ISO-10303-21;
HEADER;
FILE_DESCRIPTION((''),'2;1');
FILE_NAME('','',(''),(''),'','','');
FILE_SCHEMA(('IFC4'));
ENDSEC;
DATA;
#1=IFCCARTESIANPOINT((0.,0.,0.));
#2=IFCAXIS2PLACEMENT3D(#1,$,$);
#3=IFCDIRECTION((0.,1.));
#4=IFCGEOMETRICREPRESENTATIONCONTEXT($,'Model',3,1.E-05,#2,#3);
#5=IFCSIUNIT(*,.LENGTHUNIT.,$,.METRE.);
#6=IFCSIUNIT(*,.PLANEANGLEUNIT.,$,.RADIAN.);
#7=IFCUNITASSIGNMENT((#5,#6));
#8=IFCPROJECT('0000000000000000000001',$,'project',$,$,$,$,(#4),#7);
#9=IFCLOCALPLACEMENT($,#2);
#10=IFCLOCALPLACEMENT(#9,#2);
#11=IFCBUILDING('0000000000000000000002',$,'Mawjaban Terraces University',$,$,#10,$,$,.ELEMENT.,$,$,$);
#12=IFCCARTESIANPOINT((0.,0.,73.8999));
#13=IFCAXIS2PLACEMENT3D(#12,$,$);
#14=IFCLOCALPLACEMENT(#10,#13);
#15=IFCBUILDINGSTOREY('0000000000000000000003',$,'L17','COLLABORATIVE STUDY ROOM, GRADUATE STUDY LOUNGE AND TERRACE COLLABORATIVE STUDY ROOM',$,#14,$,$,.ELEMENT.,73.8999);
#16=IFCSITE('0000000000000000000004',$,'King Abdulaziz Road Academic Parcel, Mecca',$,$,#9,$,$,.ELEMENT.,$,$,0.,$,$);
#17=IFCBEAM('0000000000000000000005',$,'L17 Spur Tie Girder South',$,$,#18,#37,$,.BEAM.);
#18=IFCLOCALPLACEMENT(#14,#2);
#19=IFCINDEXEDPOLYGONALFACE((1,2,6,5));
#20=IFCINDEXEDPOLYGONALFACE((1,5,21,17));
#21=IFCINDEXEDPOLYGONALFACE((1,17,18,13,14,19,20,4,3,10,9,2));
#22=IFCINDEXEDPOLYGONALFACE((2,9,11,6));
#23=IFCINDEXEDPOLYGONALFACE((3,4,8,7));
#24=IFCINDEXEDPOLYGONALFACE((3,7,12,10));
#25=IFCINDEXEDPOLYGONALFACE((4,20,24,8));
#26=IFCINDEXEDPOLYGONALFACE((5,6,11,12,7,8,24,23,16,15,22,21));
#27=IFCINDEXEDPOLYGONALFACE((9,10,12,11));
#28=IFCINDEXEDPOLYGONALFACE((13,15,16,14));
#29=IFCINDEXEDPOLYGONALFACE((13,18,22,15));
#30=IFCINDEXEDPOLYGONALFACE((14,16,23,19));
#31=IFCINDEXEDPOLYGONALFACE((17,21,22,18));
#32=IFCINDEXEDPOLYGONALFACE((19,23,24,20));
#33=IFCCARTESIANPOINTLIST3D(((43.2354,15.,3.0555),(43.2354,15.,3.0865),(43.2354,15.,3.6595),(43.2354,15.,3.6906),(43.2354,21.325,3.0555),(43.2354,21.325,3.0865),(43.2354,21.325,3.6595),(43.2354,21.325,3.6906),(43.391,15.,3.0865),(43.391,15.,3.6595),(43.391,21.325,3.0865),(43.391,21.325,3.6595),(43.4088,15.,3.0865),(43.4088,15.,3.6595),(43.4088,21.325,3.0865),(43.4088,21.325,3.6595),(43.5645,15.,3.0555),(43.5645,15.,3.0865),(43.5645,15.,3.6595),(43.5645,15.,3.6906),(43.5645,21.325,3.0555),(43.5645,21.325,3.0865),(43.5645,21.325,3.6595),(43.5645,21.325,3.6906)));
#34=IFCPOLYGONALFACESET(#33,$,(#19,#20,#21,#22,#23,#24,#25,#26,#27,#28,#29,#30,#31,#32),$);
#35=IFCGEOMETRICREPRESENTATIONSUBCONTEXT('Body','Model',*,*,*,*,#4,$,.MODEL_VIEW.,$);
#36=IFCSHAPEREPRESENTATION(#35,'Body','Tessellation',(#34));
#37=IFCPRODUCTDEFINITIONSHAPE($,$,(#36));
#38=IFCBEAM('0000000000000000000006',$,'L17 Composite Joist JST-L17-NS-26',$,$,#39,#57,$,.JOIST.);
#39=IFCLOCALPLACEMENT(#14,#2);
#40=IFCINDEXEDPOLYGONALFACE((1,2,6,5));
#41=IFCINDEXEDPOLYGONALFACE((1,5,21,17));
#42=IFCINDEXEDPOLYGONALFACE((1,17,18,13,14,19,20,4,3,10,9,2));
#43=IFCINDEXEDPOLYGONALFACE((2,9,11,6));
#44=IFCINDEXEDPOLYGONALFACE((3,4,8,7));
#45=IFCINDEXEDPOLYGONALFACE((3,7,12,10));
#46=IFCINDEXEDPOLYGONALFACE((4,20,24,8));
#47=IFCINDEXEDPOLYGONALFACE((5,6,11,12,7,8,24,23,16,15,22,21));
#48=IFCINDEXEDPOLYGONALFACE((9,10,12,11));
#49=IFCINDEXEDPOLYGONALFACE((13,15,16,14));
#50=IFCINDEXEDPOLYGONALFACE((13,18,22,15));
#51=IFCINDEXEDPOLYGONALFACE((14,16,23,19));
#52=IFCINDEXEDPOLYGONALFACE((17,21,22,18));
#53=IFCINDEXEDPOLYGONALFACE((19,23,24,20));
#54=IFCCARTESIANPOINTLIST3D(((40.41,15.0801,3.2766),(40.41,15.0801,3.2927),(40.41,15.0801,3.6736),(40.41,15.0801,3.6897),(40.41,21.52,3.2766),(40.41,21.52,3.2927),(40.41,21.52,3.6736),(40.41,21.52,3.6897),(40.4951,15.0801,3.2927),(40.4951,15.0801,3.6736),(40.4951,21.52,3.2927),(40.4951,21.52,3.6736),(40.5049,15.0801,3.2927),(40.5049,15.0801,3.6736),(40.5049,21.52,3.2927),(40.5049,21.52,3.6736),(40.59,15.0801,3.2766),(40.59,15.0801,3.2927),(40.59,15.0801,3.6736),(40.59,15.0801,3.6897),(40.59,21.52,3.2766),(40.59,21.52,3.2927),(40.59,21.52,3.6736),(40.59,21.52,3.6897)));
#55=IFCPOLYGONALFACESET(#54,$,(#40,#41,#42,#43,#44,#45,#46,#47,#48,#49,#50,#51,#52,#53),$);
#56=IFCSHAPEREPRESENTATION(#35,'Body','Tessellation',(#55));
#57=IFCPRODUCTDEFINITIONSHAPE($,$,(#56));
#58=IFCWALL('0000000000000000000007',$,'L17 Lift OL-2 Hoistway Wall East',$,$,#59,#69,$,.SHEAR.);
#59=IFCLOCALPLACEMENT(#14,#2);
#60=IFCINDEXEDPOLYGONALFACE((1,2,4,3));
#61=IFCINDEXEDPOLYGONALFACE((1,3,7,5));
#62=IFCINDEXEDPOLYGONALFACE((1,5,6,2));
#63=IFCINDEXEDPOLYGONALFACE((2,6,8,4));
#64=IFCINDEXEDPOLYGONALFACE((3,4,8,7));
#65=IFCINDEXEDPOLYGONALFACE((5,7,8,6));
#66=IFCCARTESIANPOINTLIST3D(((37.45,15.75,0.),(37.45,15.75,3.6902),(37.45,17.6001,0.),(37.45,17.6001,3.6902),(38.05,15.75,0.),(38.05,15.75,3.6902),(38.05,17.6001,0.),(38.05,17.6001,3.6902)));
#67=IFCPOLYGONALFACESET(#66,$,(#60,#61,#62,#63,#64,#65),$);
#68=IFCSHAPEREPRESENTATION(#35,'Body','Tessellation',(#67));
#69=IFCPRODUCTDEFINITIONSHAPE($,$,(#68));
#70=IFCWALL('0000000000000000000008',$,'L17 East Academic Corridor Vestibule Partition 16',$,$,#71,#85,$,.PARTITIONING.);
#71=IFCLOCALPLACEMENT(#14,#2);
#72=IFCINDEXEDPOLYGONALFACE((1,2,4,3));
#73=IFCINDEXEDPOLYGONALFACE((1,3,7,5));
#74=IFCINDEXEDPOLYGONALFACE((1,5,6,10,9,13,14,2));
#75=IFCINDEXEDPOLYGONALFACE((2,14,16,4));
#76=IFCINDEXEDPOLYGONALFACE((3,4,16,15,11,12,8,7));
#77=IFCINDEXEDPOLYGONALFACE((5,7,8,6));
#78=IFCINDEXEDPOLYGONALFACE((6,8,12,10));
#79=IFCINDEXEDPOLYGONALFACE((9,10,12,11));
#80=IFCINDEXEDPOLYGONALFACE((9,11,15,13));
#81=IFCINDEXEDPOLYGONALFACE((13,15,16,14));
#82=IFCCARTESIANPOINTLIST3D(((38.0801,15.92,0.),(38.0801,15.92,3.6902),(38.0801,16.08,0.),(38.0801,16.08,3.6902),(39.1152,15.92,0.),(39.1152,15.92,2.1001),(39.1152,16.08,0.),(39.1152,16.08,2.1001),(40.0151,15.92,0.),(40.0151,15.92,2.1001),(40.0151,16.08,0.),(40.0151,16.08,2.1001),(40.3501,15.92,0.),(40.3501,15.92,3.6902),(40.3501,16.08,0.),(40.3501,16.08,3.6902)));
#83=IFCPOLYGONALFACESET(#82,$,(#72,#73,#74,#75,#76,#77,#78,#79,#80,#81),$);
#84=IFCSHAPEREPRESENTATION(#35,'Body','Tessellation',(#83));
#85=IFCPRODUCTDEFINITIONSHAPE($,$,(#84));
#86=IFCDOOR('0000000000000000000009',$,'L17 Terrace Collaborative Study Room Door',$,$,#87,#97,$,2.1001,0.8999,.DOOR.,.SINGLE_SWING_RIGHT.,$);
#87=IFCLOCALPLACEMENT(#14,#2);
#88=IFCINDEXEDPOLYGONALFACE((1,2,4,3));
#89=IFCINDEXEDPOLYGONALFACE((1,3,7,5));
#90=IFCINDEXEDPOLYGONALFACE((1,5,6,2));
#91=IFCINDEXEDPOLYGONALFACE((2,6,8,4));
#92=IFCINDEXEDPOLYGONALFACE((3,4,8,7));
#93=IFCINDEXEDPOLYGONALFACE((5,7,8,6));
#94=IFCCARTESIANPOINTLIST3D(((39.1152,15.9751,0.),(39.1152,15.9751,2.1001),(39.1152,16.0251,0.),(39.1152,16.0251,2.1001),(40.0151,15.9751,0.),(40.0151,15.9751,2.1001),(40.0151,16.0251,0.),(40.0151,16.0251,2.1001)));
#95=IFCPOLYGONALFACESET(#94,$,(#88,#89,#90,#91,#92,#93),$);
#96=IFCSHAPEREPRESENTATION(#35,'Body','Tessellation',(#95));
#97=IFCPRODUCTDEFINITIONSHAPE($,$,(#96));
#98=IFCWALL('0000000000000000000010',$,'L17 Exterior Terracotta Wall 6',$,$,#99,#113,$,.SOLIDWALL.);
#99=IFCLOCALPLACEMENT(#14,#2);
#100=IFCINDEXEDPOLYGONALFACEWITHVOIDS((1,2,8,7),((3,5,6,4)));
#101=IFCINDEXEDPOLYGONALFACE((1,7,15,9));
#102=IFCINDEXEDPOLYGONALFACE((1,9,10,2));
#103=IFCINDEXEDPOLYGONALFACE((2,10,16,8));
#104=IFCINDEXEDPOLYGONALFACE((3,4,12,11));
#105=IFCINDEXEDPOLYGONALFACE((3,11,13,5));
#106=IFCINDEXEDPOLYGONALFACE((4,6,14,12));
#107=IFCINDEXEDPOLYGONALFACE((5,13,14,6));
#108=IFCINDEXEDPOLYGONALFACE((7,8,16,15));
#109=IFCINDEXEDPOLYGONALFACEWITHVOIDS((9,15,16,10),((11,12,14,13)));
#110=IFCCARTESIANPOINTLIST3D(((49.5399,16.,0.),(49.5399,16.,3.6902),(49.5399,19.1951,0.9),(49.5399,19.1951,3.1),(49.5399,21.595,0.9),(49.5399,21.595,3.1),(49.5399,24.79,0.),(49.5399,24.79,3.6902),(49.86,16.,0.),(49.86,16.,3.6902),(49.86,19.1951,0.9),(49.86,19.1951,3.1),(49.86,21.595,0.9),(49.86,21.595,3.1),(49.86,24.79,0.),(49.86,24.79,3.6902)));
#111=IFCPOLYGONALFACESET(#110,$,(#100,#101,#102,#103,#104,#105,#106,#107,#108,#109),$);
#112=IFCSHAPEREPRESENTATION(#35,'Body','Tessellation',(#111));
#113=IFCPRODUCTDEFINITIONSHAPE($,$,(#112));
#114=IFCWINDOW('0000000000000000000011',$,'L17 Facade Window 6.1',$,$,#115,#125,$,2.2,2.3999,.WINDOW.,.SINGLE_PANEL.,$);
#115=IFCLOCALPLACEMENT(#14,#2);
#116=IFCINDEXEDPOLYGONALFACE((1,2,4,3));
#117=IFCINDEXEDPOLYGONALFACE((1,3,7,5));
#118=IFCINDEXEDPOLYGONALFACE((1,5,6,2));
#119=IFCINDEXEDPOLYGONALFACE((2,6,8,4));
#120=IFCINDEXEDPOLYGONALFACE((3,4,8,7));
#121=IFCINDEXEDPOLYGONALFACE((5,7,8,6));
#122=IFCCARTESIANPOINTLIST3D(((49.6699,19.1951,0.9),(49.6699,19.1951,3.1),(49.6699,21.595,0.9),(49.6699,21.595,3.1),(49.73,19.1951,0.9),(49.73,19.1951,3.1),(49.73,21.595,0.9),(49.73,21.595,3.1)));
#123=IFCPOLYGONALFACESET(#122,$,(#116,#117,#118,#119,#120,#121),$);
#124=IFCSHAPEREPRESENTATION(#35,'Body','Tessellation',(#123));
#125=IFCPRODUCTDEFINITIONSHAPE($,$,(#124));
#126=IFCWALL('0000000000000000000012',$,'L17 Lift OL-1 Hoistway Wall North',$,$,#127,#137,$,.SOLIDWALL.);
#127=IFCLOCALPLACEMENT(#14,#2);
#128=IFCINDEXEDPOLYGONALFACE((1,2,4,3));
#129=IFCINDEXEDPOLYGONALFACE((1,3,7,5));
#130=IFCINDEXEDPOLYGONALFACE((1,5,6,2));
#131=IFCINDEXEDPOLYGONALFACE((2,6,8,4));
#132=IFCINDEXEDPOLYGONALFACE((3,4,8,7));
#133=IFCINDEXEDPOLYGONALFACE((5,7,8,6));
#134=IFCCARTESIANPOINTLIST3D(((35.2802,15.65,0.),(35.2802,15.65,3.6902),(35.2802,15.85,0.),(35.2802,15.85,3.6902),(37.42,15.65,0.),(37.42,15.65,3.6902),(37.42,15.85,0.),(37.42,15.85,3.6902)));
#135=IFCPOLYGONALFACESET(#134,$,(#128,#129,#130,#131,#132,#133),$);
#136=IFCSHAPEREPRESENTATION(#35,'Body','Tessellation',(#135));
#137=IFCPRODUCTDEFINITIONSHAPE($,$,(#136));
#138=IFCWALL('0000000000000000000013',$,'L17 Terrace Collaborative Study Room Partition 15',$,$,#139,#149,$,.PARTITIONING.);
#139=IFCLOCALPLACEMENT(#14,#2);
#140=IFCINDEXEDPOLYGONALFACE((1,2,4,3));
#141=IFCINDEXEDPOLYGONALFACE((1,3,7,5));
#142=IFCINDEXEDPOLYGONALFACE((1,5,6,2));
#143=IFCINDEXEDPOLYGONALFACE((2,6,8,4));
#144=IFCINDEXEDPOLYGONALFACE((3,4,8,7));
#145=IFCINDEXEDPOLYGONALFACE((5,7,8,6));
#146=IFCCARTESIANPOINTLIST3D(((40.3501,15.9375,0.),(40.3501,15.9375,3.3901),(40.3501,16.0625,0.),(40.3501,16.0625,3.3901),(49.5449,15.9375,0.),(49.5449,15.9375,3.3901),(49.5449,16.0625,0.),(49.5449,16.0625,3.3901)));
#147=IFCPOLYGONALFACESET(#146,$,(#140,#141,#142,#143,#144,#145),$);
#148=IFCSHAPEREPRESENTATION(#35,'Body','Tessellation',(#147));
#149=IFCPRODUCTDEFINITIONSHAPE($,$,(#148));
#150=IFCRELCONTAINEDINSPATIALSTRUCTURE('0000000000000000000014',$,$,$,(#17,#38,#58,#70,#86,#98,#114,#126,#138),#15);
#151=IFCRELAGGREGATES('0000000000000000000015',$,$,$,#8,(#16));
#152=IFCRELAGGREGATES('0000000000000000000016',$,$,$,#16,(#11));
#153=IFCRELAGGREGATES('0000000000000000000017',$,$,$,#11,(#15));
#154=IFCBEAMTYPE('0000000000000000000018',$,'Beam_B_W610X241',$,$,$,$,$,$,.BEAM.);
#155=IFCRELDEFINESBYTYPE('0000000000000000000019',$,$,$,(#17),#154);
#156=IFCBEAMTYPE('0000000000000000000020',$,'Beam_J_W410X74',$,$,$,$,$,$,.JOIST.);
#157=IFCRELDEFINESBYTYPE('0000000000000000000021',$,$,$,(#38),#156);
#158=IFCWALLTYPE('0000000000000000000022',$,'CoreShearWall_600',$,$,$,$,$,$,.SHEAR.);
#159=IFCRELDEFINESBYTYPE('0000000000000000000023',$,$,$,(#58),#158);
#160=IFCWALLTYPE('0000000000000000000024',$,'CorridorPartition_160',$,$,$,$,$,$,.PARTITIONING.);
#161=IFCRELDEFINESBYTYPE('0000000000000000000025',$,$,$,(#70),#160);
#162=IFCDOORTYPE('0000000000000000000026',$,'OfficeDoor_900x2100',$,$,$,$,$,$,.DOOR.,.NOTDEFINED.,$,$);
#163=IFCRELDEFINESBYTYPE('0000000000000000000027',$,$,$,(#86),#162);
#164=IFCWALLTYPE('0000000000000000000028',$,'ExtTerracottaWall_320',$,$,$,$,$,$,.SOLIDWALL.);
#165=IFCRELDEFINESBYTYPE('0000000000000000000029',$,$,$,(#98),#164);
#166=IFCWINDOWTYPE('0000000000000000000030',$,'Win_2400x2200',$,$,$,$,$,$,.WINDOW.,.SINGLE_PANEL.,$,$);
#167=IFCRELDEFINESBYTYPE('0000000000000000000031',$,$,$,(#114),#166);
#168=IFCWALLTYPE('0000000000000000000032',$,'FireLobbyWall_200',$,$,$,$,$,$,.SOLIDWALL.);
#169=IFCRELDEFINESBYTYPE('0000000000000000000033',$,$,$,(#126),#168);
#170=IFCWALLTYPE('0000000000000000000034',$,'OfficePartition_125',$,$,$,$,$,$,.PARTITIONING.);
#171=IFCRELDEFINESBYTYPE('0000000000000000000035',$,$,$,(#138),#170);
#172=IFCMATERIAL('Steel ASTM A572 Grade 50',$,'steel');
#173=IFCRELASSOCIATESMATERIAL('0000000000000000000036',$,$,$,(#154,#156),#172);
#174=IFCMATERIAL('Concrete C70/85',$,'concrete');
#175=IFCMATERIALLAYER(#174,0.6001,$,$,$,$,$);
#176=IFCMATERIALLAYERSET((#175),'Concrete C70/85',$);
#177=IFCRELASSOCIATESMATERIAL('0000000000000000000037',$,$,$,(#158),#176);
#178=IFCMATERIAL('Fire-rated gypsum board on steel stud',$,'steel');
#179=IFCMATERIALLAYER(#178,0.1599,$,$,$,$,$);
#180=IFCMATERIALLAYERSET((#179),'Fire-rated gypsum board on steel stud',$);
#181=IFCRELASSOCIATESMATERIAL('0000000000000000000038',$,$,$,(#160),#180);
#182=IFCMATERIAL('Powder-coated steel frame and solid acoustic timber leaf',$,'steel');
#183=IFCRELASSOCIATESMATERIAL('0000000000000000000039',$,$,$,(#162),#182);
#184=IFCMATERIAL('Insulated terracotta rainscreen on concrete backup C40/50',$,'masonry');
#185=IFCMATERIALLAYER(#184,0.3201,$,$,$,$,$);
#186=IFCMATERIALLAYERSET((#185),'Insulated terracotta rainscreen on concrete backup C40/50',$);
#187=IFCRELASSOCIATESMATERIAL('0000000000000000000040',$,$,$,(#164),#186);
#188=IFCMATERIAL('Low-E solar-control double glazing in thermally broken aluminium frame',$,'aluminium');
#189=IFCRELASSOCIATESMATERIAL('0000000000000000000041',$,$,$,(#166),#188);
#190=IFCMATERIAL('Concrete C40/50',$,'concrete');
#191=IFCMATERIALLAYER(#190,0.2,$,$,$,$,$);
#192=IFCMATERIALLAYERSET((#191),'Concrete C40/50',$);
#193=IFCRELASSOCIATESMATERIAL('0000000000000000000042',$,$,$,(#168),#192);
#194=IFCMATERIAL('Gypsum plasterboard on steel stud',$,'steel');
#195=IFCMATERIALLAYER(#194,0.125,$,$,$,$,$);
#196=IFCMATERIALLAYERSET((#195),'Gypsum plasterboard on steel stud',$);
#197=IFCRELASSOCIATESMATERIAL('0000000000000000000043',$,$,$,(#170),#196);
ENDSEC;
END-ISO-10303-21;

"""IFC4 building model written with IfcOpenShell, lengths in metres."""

from ifc_helpers import new_model, si_unit, direction, frame, frame_2d, origin, origin_2d, place, context, subcontext, project, spatial, rectangle, i_section, extrude, material, layer, layer_set, material_profile, profile_set, type_object, element, fill, save


model = new_model("IFC4")

# Units and contexts
model_context = context("Model", 3, precision=1e-05, world=origin(), true_north=direction((0.0, 1.0)))
body_context = subcontext(model_context, "Body", "Model", "MODEL_VIEW")
ifc_project = project(units=[si_unit("LENGTHUNIT", "METRE"), si_unit("PLANEANGLEUNIT", "RADIAN")], contexts=[model_context])

# Site, building, storey
site_placement = place(None, origin())
site = spatial("IfcSite", under=ifc_project, at=site_placement, Name="King Abdulaziz Road Academic Parcel, Mecca", CompositionType="ELEMENT", RefElevation=0.0)
building_placement = place(site_placement, origin())
building = spatial("IfcBuilding", under=site, at=building_placement, Name="Mawjaban Terraces University", CompositionType="ELEMENT")
storey_placement = place(building_placement, frame((0.0, 0.0, 73.8999)))
storey = spatial("IfcBuildingStorey", under=building, at=storey_placement, Name="L17", Description="COLLABORATIVE STUDY ROOM, GRADUATE STUDY LOUNGE AND TERRACE COLLABORATIVE STUDY ROOM", CompositionType="ELEMENT", Elevation=73.8999)

# Beams
ifc_material_1 = material(Name="Steel ASTM A572 Grade 50", Category="steel")
ifc_material_profile_1 = material_profile(ifc_material_1, i_section(OverallWidth=0.3291, OverallDepth=0.635, WebThickness=0.0178, FlangeThickness=0.031, at=origin_2d()), Name="W610X241")
ifc_profile_set_1 = profile_set([ifc_material_profile_1], Name="Steel ASTM A572 Grade 50")
beam_type_1 = type_object("IfcBeamType", Name="Beam_B_W610X241", PredefinedType="BEAM", material=ifc_profile_set_1)
beam_1_placement = place(storey_placement, frame((43.3999, 15.0, 3.373), z_axis=(0.0, 1.0, 0.0), x_axis=(-1.0, 0.0, 0.0)))
element("IfcBeam", 1, at=beam_1_placement, inside=storey, type_object=beam_type_1, Name="L17 Spur Tie Girder South", PredefinedType="BEAM", context=body_context, shape_type="SweptSolid", body=[
    extrude(i_section(OverallWidth=0.3291, OverallDepth=0.635, WebThickness=0.0178, FlangeThickness=0.031, at=origin_2d()), origin(), (0.0, 0.0, 1.0), 6.325),
])
ifc_material_profile_2 = material_profile(ifc_material_1, i_section(OverallWidth=0.1799, OverallDepth=0.4131, WebThickness=0.0098, FlangeThickness=0.0161, at=origin_2d()), Name="W410X74")
ifc_profile_set_2 = profile_set([ifc_material_profile_2], Name="Steel ASTM A572 Grade 50")
beam_type_2 = type_object("IfcBeamType", Name="Beam_J_W410X74", PredefinedType="JOIST", material=ifc_profile_set_2)
beam_2_placement = place(storey_placement, frame((40.5, 15.0801, 3.4832), z_axis=(0.0, 1.0, 0.0), x_axis=(-1.0, 0.0, 0.0)))
element("IfcBeam", 2, at=beam_2_placement, inside=storey, type_object=beam_type_2, Name="L17 Composite Joist JST-L17-NS-26", PredefinedType="JOIST", context=body_context, shape_type="SweptSolid", body=[
    extrude(i_section(OverallWidth=0.1799, OverallDepth=0.4131, WebThickness=0.0098, FlangeThickness=0.0161, at=origin_2d()), origin(), (0.0, 0.0, 1.0), 6.4399),
])

# Wall
ifc_material_2 = material(Name="Concrete C70/85", Category="concrete")
ifc_layer_1 = layer(ifc_material_2, 0.6001)
ifc_layer_set_1 = layer_set([ifc_layer_1], Name="Concrete C70/85")
wall_type_1 = type_object("IfcWallType", Name="CoreShearWall_600", PredefinedType="SHEAR", material=ifc_layer_set_1)
wall_1_placement = place(storey_placement, frame((37.75, 15.75, 0.0), z_axis=(0.0, 0.0, 1.0), x_axis=(0.0, 1.0, 0.0)))
element("IfcWall", 3, at=wall_1_placement, inside=storey, type_object=wall_type_1, Name="L17 Lift OL-2 Hoistway Wall East", PredefinedType="SHEAR", context=body_context, shape_type="SweptSolid", body=[
    extrude(rectangle(XDim=1.8501, YDim=0.6001, at=frame_2d((0.925, 0.0))), origin(), (0.0, 0.0, 1.0), 3.6902),
])

# Wall, opening, door
ifc_material_3 = material(Name="Fire-rated gypsum board on steel stud", Category="steel")
ifc_layer_2 = layer(ifc_material_3, 0.1599)
ifc_layer_set_2 = layer_set([ifc_layer_2], Name="Fire-rated gypsum board on steel stud")
wall_type_2 = type_object("IfcWallType", Name="CorridorPartition_160", PredefinedType="PARTITIONING", material=ifc_layer_set_2)
wall_2_placement = place(storey_placement, frame((40.3501, 16.0, 0.0), z_axis=(0.0, 0.0, 1.0), x_axis=(-1.0, 0.0, 0.0)))
wall_2 = element("IfcWall", 4, at=wall_2_placement, inside=storey, type_object=wall_type_2, Name="L17 East Academic Corridor Vestibule Partition 16", PredefinedType="PARTITIONING", context=body_context, shape_type="SweptSolid", body=[
    extrude(rectangle(XDim=2.27, YDim=0.1599, at=frame_2d((1.135, 0.0))), origin(), (0.0, 0.0, 1.0), 3.6902),
])
opening_1_placement = place(wall_2_placement, frame((0.335, 0.0, 0.0)))
opening_1 = element("IfcOpeningElement", 5, at=opening_1_placement, cuts=wall_2, PredefinedType="OPENING", context=body_context, shape_type="SweptSolid", body=[
    extrude(rectangle(XDim=0.8999, YDim=2.1001, at=frame_2d((0.45, 1.05))), frame((0.0, 0.0898, 0.0), z_axis=(0.0, -1.0, 0.0), x_axis=(1.0, 0.0, 0.0)), (0.0, 0.0, 1.0), 0.1799),
])
ifc_material_4 = material(Name="Powder-coated steel frame and solid acoustic timber leaf", Category="steel")
door_type = type_object("IfcDoorType", Name="OfficeDoor_900x2100", OperationType="NOTDEFINED", PredefinedType="DOOR", material=ifc_material_4)
door_placement = place(opening_1_placement, origin())
door = element("IfcDoor", 6, at=door_placement, inside=storey, type_object=door_type, Name="L17 Terrace Collaborative Study Room Door", OperationType="SINGLE_SWING_RIGHT", OverallHeight=2.1001, OverallWidth=0.8999, PredefinedType="DOOR", context=body_context, shape_type="SweptSolid", body=[
    extrude(rectangle(XDim=0.8999, YDim=2.1001, at=frame_2d((0.45, 1.05))), frame((0.0, 0.0249, 0.0), z_axis=(0.0, -1.0, 0.0), x_axis=(1.0, 0.0, 0.0)), (0.0, 0.0, 1.0), 0.05),
])
fill(opening_1, door)

# Wall, opening, window
ifc_material_5 = material(Name="Insulated terracotta rainscreen on concrete backup C40/50", Category="masonry")
ifc_layer_3 = layer(ifc_material_5, 0.3201)
ifc_layer_set_3 = layer_set([ifc_layer_3], Name="Insulated terracotta rainscreen on concrete backup C40/50")
wall_type_3 = type_object("IfcWallType", Name="ExtTerracottaWall_320", PredefinedType="SOLIDWALL", material=ifc_layer_set_3)
wall_3_placement = place(storey_placement, frame((49.7, 16.0, 0.0), z_axis=(0.0, 0.0, 1.0), x_axis=(0.0, 1.0, 0.0)))
wall_3 = element("IfcWall", 7, at=wall_3_placement, inside=storey, type_object=wall_type_3, Name="L17 Exterior Terracotta Wall 6", PredefinedType="SOLIDWALL", context=body_context, shape_type="SweptSolid", body=[
    extrude(rectangle(XDim=8.79, YDim=0.3201, at=frame_2d((4.395, 0.0))), origin(), (0.0, 0.0, 1.0), 3.6902),
])
opening_2_placement = place(wall_3_placement, frame((3.1951, 0.0, 0.8999)))
opening_2 = element("IfcOpeningElement", 8, at=opening_2_placement, cuts=wall_3, PredefinedType="OPENING", context=body_context, shape_type="SweptSolid", body=[
    extrude(rectangle(XDim=2.3999, YDim=2.2, at=frame_2d((1.2, 1.1001))), frame((0.0, 0.1699, 0.0), z_axis=(0.0, -1.0, 0.0), x_axis=(1.0, 0.0, 0.0)), (0.0, 0.0, 1.0), 0.3401),
])
ifc_material_6 = material(Name="Low-E solar-control double glazing in thermally broken aluminium frame", Category="aluminium")
window_type = type_object("IfcWindowType", Name="Win_2400x2200", PartitioningType="SINGLE_PANEL", PredefinedType="WINDOW", material=ifc_material_6)
window_placement = place(opening_2_placement, origin())
window = element("IfcWindow", 9, at=window_placement, inside=storey, type_object=window_type, Name="L17 Facade Window 6.1", OverallHeight=2.2, OverallWidth=2.3999, PartitioningType="SINGLE_PANEL", PredefinedType="WINDOW", context=body_context, shape_type="SweptSolid", body=[
    extrude(rectangle(XDim=2.3999, YDim=2.2, at=frame_2d((1.2, 1.1001))), frame((0.0, 0.03, 0.0), z_axis=(0.0, -1.0, 0.0), x_axis=(1.0, 0.0, 0.0)), (0.0, 0.0, 1.0), 0.0601),
])
fill(opening_2, window)

# Walls
ifc_material_7 = material(Name="Concrete C40/50", Category="concrete")
ifc_layer_4 = layer(ifc_material_7, 0.2)
ifc_layer_set_4 = layer_set([ifc_layer_4], Name="Concrete C40/50")
wall_type_4 = type_object("IfcWallType", Name="FireLobbyWall_200", PredefinedType="SOLIDWALL", material=ifc_layer_set_4)
wall_4_placement = place(storey_placement, frame((37.4199, 15.75, 0.0), z_axis=(0.0, 0.0, 1.0), x_axis=(-1.0, 0.0, 0.0)))
element("IfcWall", 10, at=wall_4_placement, inside=storey, type_object=wall_type_4, Name="L17 Lift OL-1 Hoistway Wall North", PredefinedType="SOLIDWALL", context=body_context, shape_type="SweptSolid", body=[
    extrude(rectangle(XDim=2.1399, YDim=0.2, at=frame_2d((1.0698, 0.0))), origin(), (0.0, 0.0, 1.0), 3.6902),
])
ifc_material_8 = material(Name="Gypsum plasterboard on steel stud", Category="steel")
ifc_layer_5 = layer(ifc_material_8, 0.125)
ifc_layer_set_5 = layer_set([ifc_layer_5], Name="Gypsum plasterboard on steel stud")
wall_type_5 = type_object("IfcWallType", Name="OfficePartition_125", PredefinedType="PARTITIONING", material=ifc_layer_set_5)
wall_5_placement = place(storey_placement, frame((40.3501, 16.0, 0.0), z_axis=(0.0, 0.0, 1.0), x_axis=(1.0, 0.0, 0.0)))
element("IfcWall", 11, at=wall_5_placement, inside=storey, type_object=wall_type_5, Name="L17 Terrace Collaborative Study Room Partition 15", PredefinedType="PARTITIONING", context=body_context, shape_type="SweptSolid", body=[
    extrude(rectangle(XDim=9.1948, YDim=0.125, at=frame_2d((4.5974, 0.0))), origin(), (0.0, 0.0, 1.0), 3.3901),
])

save(model, "model.ifc")
